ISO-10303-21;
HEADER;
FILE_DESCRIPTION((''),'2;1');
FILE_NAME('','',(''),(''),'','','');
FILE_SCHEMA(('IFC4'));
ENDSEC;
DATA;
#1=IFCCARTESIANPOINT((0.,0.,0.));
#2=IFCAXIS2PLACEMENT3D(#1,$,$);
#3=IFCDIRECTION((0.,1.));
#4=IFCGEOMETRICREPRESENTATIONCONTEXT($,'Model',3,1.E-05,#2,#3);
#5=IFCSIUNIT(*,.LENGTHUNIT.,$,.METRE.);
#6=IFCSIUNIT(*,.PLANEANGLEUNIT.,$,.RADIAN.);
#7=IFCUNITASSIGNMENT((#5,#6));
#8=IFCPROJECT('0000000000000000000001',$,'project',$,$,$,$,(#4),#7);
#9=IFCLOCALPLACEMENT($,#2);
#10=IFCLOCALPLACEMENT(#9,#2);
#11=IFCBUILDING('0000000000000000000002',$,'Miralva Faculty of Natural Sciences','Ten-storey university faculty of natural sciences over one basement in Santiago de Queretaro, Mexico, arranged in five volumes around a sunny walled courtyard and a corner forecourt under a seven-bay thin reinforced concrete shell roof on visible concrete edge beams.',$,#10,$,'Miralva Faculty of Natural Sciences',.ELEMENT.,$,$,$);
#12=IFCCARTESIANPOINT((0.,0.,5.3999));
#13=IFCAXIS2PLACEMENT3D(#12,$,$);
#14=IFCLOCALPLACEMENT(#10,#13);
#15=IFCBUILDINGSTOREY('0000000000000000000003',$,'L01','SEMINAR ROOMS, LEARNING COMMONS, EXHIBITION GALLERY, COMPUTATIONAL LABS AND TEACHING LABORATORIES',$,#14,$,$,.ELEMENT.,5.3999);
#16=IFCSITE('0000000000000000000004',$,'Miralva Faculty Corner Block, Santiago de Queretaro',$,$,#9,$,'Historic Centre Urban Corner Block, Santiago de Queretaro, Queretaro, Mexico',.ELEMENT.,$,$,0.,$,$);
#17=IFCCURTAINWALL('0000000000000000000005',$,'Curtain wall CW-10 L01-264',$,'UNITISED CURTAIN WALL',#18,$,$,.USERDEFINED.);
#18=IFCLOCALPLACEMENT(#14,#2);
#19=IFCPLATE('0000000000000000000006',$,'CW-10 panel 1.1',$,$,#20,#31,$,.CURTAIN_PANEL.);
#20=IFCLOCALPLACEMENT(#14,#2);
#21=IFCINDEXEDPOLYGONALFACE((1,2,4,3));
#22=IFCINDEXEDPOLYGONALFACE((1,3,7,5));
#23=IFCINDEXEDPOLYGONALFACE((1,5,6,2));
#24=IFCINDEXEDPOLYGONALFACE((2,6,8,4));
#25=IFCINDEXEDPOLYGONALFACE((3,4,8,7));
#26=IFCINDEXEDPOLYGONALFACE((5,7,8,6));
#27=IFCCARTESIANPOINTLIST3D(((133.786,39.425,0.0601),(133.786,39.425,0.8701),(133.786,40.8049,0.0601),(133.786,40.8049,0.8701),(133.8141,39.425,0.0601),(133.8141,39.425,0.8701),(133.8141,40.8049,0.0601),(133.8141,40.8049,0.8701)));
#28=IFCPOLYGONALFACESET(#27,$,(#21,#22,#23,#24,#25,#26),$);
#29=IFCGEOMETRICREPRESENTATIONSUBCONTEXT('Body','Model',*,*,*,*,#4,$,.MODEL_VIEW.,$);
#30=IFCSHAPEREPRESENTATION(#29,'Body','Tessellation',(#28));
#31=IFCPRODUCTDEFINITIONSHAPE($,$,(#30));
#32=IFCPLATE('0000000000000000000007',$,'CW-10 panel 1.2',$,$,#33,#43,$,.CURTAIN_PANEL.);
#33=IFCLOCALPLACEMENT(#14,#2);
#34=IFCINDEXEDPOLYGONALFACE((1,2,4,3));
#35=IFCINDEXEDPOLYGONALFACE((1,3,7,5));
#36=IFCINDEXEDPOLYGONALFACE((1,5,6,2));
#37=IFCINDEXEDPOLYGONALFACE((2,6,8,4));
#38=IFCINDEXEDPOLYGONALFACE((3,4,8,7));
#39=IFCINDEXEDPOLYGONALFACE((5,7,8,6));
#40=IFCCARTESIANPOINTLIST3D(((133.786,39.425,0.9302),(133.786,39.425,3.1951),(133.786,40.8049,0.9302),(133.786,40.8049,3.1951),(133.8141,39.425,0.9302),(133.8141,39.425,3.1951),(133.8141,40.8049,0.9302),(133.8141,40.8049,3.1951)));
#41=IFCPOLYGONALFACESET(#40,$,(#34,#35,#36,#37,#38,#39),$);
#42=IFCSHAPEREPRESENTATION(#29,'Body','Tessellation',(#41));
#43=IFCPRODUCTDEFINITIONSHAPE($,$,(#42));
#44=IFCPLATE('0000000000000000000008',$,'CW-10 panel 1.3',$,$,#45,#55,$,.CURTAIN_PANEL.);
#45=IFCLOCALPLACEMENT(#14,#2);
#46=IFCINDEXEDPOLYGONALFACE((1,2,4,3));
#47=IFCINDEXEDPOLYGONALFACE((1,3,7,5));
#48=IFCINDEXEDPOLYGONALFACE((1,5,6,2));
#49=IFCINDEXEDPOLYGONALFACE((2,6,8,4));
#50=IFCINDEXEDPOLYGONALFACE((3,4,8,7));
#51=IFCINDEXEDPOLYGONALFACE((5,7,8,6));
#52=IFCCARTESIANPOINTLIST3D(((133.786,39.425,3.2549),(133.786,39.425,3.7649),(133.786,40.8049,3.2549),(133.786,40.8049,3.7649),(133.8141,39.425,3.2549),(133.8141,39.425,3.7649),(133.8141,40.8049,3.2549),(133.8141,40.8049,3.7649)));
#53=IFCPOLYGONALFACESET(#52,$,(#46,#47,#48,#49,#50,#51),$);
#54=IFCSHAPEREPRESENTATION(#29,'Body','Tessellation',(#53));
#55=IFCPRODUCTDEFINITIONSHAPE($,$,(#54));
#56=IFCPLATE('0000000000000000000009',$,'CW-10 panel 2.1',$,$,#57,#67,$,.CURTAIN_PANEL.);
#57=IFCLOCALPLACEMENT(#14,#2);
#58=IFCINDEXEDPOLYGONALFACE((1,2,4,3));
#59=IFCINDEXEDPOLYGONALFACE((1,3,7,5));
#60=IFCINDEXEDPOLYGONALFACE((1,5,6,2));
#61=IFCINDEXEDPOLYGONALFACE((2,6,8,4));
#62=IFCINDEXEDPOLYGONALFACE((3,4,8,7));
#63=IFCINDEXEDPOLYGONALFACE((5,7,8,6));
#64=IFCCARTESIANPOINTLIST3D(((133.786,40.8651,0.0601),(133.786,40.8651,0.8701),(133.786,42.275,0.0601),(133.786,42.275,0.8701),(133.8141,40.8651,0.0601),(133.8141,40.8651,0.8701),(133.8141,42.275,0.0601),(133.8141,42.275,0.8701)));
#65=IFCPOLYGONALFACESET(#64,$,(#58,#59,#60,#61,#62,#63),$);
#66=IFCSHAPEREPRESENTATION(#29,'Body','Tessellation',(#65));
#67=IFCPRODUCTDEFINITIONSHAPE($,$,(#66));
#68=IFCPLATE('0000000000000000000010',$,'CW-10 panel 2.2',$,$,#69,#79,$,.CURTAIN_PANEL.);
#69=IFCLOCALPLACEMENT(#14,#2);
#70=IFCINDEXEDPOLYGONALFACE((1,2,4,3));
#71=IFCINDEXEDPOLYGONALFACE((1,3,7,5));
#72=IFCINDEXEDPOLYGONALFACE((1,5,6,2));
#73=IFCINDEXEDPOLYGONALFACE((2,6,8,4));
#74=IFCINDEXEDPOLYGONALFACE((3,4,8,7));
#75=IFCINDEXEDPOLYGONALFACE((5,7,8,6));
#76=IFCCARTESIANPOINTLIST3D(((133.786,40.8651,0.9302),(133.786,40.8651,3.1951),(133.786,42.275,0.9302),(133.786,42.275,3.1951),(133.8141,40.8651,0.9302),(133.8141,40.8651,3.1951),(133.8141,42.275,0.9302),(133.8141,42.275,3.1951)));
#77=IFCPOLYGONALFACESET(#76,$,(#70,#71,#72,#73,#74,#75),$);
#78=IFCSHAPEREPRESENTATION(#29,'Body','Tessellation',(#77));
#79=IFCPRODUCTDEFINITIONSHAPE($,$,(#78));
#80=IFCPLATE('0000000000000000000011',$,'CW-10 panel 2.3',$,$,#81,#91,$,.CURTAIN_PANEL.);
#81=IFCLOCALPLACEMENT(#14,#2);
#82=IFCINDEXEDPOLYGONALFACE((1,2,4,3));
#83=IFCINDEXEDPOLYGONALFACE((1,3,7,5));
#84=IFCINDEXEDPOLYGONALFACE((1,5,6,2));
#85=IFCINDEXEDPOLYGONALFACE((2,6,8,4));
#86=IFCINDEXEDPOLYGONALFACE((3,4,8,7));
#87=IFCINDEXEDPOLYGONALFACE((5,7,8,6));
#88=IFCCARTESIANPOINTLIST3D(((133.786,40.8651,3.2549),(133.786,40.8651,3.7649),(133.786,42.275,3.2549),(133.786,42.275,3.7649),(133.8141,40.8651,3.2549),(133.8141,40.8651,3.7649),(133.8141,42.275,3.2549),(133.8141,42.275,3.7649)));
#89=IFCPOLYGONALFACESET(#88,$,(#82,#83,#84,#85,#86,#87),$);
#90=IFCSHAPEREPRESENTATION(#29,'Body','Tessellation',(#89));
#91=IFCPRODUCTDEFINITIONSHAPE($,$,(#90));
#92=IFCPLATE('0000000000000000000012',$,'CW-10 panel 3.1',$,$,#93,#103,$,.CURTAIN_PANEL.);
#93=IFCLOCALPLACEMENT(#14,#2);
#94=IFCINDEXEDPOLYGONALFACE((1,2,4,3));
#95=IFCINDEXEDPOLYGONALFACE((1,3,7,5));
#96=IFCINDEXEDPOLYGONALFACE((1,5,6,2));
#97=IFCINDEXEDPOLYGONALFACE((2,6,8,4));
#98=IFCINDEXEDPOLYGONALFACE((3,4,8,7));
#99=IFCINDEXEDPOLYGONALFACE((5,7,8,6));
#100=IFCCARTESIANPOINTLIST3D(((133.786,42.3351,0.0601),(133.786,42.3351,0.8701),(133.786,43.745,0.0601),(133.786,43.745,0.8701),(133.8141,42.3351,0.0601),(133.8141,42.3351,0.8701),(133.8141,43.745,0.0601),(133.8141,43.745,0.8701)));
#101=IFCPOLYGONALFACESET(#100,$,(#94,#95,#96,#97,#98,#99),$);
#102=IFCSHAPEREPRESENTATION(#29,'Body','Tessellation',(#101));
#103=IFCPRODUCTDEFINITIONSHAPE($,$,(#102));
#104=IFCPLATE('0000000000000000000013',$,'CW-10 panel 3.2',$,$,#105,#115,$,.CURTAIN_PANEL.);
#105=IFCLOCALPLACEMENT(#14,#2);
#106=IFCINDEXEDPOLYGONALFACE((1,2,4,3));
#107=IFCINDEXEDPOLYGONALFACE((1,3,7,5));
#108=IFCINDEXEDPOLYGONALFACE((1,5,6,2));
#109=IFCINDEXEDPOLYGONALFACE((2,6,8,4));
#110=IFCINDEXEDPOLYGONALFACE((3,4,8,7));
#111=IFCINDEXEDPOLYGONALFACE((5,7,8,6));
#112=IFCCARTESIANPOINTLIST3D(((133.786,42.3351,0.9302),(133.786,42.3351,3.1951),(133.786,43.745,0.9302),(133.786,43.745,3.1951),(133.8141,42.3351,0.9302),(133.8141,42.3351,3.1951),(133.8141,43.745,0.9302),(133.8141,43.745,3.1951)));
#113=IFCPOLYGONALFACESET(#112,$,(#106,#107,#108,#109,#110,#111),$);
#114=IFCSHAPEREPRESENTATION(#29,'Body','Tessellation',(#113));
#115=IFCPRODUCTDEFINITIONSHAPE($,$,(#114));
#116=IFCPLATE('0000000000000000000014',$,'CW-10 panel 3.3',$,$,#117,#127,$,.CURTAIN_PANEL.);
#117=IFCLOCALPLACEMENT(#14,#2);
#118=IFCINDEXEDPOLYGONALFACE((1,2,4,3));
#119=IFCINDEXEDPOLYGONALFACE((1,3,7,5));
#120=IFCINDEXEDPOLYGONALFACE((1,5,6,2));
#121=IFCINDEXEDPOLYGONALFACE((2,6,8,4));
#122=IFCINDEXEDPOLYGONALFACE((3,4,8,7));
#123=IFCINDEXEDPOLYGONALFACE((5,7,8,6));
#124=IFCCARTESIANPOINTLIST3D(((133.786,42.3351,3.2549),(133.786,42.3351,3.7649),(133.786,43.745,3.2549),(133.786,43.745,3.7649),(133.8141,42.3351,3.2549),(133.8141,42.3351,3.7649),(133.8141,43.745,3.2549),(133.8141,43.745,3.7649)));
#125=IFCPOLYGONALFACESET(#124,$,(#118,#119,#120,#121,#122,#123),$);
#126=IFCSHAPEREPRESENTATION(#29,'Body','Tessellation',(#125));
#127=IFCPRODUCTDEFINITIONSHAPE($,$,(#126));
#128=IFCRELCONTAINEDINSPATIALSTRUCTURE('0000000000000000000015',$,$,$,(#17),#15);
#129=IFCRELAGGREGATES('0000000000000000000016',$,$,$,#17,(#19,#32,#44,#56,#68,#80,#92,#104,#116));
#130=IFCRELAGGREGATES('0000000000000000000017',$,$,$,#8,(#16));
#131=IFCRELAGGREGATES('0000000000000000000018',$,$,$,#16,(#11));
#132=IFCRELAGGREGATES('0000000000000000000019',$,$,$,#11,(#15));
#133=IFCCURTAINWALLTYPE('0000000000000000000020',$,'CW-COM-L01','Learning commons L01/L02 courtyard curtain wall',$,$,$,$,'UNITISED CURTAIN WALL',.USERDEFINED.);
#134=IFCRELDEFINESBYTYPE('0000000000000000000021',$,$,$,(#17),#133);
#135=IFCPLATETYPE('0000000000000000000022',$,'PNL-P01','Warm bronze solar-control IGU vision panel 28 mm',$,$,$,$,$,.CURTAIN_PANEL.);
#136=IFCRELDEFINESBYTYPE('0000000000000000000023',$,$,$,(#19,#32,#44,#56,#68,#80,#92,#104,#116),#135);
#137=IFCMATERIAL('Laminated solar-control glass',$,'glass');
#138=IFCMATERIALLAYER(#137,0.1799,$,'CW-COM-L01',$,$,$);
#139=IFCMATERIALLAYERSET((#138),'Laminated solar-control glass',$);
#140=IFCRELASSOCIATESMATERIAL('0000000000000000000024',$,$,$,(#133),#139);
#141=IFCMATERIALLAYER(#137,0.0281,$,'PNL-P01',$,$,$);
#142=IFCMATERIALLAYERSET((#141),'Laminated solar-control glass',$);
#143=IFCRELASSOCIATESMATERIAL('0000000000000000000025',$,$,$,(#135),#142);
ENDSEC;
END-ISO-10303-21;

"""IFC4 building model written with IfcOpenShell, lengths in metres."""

from ifc_helpers import new_model, si_unit, direction, frame, origin, origin_2d, place, context, subcontext, project, spatial, rectangle, extrude, material, layer, layer_set, type_object, element, aggregate, save


model = new_model("IFC4")

# Units and contexts
model_context = context("Model", 3, precision=1e-05, world=origin(), true_north=direction((0.0, 1.0)))
body_context = subcontext(model_context, "Body", "Model", "MODEL_VIEW")
ifc_project = project(units=[si_unit("LENGTHUNIT", "METRE"), si_unit("PLANEANGLEUNIT", "RADIAN")], contexts=[model_context])

# Site, building, storey
site_placement = place(None, origin())
site = spatial("IfcSite", under=ifc_project, at=site_placement, Name="Miralva Faculty Corner Block, Santiago de Queretaro", LongName="Historic Centre Urban Corner Block, Santiago de Queretaro, Queretaro, Mexico", CompositionType="ELEMENT", RefElevation=0.0)
building_placement = place(site_placement, origin())
building = spatial("IfcBuilding", under=site, at=building_placement, Name="Miralva Faculty of Natural Sciences", Description="Ten-storey university faculty of natural sciences over one basement in Santiago de Queretaro, Mexico, arranged in five volumes around a sunny walled courtyard and a corner forecourt under a seven-bay thin reinforced concrete shell roof on visible concrete edge beams.", LongName="Miralva Faculty of Natural Sciences", CompositionType="ELEMENT")
storey_placement = place(building_placement, frame((0.0, 0.0, 5.3999)))
storey = spatial("IfcBuildingStorey", under=building, at=storey_placement, Name="L01", Description="SEMINAR ROOMS, LEARNING COMMONS, EXHIBITION GALLERY, COMPUTATIONAL LABS AND TEACHING LABORATORIES", CompositionType="ELEMENT", Elevation=5.3999)

# Curtain wall
ifc_material_1 = material(Name="Laminated solar-control glass", Category="glass")
ifc_layer_1 = layer(ifc_material_1, 0.1799, Name="CW-COM-L01")
ifc_layer_set_1 = layer_set([ifc_layer_1], Name="Laminated solar-control glass")
curtain_wall_type = type_object("IfcCurtainWallType", Name="CW-COM-L01", Description="Learning commons L01/L02 courtyard curtain wall", ElementType="UNITISED CURTAIN WALL", PredefinedType="USERDEFINED", material=ifc_layer_set_1)
curtain_wall_1_placement = place(storey_placement, origin())
curtain_wall_1 = element("IfcCurtainWall", 1, at=curtain_wall_1_placement, inside=storey, type_object=curtain_wall_type, Name="Curtain wall CW-10 L01-264", ObjectType="UNITISED CURTAIN WALL", PredefinedType="USERDEFINED")

# Plates
ifc_layer_2 = layer(ifc_material_1, 0.0281, Name="PNL-P01")
ifc_layer_set_2 = layer_set([ifc_layer_2], Name="Laminated solar-control glass")
plate_type = type_object("IfcPlateType", Name="PNL-P01", Description="Warm bronze solar-control IGU vision panel 28 mm", PredefinedType="CURTAIN_PANEL", material=ifc_layer_set_2)
plate_1_placement = place(storey_placement, frame((133.8, 40.115, 0.0601), z_axis=(0.0, 0.0, 1.0), x_axis=(0.0, 1.0, 0.0)))
plate_1 = element("IfcPlate", 2, at=plate_1_placement, type_object=plate_type, Name="CW-10 panel 1.1", PredefinedType="CURTAIN_PANEL", context=body_context, shape_type="SweptSolid", body=[
    extrude(rectangle(XDim=1.3799, YDim=0.0281, at=origin_2d()), origin(), (0.0, 0.0, 1.0), 0.8101),
])
plate_2_placement = place(storey_placement, frame((133.8, 40.115, 0.9302), z_axis=(0.0, 0.0, 1.0), x_axis=(0.0, 1.0, 0.0)))
plate_2 = element("IfcPlate", 3, at=plate_2_placement, type_object=plate_type, Name="CW-10 panel 1.2", PredefinedType="CURTAIN_PANEL", context=body_context, shape_type="SweptSolid", body=[
    extrude(rectangle(XDim=1.3799, YDim=0.0281, at=origin_2d()), origin(), (0.0, 0.0, 1.0), 2.2649),
])
plate_3_placement = place(storey_placement, frame((133.8, 40.115, 3.2549), z_axis=(0.0, 0.0, 1.0), x_axis=(0.0, 1.0, 0.0)))
plate_3 = element("IfcPlate", 4, at=plate_3_placement, type_object=plate_type, Name="CW-10 panel 1.3", PredefinedType="CURTAIN_PANEL", context=body_context, shape_type="SweptSolid", body=[
    extrude(rectangle(XDim=1.3799, YDim=0.0281, at=origin_2d()), origin(), (0.0, 0.0, 1.0), 0.51),
])
plate_4_placement = place(storey_placement, frame((133.8, 41.5701, 0.0601), z_axis=(0.0, 0.0, 1.0), x_axis=(0.0, 1.0, 0.0)))
plate_4 = element("IfcPlate", 5, at=plate_4_placement, type_object=plate_type, Name="CW-10 panel 2.1", PredefinedType="CURTAIN_PANEL", context=body_context, shape_type="SweptSolid", body=[
    extrude(rectangle(XDim=1.4099, YDim=0.0281, at=origin_2d()), origin(), (0.0, 0.0, 1.0), 0.8101),
])
plate_5_placement = place(storey_placement, frame((133.8, 41.5701, 0.9302), z_axis=(0.0, 0.0, 1.0), x_axis=(0.0, 1.0, 0.0)))
plate_5 = element("IfcPlate", 6, at=plate_5_placement, type_object=plate_type, Name="CW-10 panel 2.2", PredefinedType="CURTAIN_PANEL", context=body_context, shape_type="SweptSolid", body=[
    extrude(rectangle(XDim=1.4099, YDim=0.0281, at=origin_2d()), origin(), (0.0, 0.0, 1.0), 2.2649),
])
plate_6_placement = place(storey_placement, frame((133.8, 41.5701, 3.2549), z_axis=(0.0, 0.0, 1.0), x_axis=(0.0, 1.0, 0.0)))
plate_6 = element("IfcPlate", 7, at=plate_6_placement, type_object=plate_type, Name="CW-10 panel 2.3", PredefinedType="CURTAIN_PANEL", context=body_context, shape_type="SweptSolid", body=[
    extrude(rectangle(XDim=1.4099, YDim=0.0281, at=origin_2d()), origin(), (0.0, 0.0, 1.0), 0.51),
])
plate_7_placement = place(storey_placement, frame((133.8, 43.04, 0.0601), z_axis=(0.0, 0.0, 1.0), x_axis=(0.0, 1.0, 0.0)))
plate_7 = element("IfcPlate", 8, at=plate_7_placement, type_object=plate_type, Name="CW-10 panel 3.1", PredefinedType="CURTAIN_PANEL", context=body_context, shape_type="SweptSolid", body=[
    extrude(rectangle(XDim=1.4099, YDim=0.0281, at=origin_2d()), origin(), (0.0, 0.0, 1.0), 0.8101),
])
plate_8_placement = place(storey_placement, frame((133.8, 43.04, 0.9302), z_axis=(0.0, 0.0, 1.0), x_axis=(0.0, 1.0, 0.0)))
plate_8 = element("IfcPlate", 9, at=plate_8_placement, type_object=plate_type, Name="CW-10 panel 3.2", PredefinedType="CURTAIN_PANEL", context=body_context, shape_type="SweptSolid", body=[
    extrude(rectangle(XDim=1.4099, YDim=0.0281, at=origin_2d()), origin(), (0.0, 0.0, 1.0), 2.2649),
])
plate_9_placement = place(storey_placement, frame((133.8, 43.04, 3.2549), z_axis=(0.0, 0.0, 1.0), x_axis=(0.0, 1.0, 0.0)))
plate_9 = element("IfcPlate", 10, at=plate_9_placement, type_object=plate_type, Name="CW-10 panel 3.3", PredefinedType="CURTAIN_PANEL", context=body_context, shape_type="SweptSolid", body=[
    extrude(rectangle(XDim=1.4099, YDim=0.0281, at=origin_2d()), origin(), (0.0, 0.0, 1.0), 0.51),
])
aggregate(curtain_wall_1, [plate_1, plate_2, plate_3, plate_4, plate_5, plate_6, plate_7, plate_8, plate_9])

save(model, "model.ifc")
